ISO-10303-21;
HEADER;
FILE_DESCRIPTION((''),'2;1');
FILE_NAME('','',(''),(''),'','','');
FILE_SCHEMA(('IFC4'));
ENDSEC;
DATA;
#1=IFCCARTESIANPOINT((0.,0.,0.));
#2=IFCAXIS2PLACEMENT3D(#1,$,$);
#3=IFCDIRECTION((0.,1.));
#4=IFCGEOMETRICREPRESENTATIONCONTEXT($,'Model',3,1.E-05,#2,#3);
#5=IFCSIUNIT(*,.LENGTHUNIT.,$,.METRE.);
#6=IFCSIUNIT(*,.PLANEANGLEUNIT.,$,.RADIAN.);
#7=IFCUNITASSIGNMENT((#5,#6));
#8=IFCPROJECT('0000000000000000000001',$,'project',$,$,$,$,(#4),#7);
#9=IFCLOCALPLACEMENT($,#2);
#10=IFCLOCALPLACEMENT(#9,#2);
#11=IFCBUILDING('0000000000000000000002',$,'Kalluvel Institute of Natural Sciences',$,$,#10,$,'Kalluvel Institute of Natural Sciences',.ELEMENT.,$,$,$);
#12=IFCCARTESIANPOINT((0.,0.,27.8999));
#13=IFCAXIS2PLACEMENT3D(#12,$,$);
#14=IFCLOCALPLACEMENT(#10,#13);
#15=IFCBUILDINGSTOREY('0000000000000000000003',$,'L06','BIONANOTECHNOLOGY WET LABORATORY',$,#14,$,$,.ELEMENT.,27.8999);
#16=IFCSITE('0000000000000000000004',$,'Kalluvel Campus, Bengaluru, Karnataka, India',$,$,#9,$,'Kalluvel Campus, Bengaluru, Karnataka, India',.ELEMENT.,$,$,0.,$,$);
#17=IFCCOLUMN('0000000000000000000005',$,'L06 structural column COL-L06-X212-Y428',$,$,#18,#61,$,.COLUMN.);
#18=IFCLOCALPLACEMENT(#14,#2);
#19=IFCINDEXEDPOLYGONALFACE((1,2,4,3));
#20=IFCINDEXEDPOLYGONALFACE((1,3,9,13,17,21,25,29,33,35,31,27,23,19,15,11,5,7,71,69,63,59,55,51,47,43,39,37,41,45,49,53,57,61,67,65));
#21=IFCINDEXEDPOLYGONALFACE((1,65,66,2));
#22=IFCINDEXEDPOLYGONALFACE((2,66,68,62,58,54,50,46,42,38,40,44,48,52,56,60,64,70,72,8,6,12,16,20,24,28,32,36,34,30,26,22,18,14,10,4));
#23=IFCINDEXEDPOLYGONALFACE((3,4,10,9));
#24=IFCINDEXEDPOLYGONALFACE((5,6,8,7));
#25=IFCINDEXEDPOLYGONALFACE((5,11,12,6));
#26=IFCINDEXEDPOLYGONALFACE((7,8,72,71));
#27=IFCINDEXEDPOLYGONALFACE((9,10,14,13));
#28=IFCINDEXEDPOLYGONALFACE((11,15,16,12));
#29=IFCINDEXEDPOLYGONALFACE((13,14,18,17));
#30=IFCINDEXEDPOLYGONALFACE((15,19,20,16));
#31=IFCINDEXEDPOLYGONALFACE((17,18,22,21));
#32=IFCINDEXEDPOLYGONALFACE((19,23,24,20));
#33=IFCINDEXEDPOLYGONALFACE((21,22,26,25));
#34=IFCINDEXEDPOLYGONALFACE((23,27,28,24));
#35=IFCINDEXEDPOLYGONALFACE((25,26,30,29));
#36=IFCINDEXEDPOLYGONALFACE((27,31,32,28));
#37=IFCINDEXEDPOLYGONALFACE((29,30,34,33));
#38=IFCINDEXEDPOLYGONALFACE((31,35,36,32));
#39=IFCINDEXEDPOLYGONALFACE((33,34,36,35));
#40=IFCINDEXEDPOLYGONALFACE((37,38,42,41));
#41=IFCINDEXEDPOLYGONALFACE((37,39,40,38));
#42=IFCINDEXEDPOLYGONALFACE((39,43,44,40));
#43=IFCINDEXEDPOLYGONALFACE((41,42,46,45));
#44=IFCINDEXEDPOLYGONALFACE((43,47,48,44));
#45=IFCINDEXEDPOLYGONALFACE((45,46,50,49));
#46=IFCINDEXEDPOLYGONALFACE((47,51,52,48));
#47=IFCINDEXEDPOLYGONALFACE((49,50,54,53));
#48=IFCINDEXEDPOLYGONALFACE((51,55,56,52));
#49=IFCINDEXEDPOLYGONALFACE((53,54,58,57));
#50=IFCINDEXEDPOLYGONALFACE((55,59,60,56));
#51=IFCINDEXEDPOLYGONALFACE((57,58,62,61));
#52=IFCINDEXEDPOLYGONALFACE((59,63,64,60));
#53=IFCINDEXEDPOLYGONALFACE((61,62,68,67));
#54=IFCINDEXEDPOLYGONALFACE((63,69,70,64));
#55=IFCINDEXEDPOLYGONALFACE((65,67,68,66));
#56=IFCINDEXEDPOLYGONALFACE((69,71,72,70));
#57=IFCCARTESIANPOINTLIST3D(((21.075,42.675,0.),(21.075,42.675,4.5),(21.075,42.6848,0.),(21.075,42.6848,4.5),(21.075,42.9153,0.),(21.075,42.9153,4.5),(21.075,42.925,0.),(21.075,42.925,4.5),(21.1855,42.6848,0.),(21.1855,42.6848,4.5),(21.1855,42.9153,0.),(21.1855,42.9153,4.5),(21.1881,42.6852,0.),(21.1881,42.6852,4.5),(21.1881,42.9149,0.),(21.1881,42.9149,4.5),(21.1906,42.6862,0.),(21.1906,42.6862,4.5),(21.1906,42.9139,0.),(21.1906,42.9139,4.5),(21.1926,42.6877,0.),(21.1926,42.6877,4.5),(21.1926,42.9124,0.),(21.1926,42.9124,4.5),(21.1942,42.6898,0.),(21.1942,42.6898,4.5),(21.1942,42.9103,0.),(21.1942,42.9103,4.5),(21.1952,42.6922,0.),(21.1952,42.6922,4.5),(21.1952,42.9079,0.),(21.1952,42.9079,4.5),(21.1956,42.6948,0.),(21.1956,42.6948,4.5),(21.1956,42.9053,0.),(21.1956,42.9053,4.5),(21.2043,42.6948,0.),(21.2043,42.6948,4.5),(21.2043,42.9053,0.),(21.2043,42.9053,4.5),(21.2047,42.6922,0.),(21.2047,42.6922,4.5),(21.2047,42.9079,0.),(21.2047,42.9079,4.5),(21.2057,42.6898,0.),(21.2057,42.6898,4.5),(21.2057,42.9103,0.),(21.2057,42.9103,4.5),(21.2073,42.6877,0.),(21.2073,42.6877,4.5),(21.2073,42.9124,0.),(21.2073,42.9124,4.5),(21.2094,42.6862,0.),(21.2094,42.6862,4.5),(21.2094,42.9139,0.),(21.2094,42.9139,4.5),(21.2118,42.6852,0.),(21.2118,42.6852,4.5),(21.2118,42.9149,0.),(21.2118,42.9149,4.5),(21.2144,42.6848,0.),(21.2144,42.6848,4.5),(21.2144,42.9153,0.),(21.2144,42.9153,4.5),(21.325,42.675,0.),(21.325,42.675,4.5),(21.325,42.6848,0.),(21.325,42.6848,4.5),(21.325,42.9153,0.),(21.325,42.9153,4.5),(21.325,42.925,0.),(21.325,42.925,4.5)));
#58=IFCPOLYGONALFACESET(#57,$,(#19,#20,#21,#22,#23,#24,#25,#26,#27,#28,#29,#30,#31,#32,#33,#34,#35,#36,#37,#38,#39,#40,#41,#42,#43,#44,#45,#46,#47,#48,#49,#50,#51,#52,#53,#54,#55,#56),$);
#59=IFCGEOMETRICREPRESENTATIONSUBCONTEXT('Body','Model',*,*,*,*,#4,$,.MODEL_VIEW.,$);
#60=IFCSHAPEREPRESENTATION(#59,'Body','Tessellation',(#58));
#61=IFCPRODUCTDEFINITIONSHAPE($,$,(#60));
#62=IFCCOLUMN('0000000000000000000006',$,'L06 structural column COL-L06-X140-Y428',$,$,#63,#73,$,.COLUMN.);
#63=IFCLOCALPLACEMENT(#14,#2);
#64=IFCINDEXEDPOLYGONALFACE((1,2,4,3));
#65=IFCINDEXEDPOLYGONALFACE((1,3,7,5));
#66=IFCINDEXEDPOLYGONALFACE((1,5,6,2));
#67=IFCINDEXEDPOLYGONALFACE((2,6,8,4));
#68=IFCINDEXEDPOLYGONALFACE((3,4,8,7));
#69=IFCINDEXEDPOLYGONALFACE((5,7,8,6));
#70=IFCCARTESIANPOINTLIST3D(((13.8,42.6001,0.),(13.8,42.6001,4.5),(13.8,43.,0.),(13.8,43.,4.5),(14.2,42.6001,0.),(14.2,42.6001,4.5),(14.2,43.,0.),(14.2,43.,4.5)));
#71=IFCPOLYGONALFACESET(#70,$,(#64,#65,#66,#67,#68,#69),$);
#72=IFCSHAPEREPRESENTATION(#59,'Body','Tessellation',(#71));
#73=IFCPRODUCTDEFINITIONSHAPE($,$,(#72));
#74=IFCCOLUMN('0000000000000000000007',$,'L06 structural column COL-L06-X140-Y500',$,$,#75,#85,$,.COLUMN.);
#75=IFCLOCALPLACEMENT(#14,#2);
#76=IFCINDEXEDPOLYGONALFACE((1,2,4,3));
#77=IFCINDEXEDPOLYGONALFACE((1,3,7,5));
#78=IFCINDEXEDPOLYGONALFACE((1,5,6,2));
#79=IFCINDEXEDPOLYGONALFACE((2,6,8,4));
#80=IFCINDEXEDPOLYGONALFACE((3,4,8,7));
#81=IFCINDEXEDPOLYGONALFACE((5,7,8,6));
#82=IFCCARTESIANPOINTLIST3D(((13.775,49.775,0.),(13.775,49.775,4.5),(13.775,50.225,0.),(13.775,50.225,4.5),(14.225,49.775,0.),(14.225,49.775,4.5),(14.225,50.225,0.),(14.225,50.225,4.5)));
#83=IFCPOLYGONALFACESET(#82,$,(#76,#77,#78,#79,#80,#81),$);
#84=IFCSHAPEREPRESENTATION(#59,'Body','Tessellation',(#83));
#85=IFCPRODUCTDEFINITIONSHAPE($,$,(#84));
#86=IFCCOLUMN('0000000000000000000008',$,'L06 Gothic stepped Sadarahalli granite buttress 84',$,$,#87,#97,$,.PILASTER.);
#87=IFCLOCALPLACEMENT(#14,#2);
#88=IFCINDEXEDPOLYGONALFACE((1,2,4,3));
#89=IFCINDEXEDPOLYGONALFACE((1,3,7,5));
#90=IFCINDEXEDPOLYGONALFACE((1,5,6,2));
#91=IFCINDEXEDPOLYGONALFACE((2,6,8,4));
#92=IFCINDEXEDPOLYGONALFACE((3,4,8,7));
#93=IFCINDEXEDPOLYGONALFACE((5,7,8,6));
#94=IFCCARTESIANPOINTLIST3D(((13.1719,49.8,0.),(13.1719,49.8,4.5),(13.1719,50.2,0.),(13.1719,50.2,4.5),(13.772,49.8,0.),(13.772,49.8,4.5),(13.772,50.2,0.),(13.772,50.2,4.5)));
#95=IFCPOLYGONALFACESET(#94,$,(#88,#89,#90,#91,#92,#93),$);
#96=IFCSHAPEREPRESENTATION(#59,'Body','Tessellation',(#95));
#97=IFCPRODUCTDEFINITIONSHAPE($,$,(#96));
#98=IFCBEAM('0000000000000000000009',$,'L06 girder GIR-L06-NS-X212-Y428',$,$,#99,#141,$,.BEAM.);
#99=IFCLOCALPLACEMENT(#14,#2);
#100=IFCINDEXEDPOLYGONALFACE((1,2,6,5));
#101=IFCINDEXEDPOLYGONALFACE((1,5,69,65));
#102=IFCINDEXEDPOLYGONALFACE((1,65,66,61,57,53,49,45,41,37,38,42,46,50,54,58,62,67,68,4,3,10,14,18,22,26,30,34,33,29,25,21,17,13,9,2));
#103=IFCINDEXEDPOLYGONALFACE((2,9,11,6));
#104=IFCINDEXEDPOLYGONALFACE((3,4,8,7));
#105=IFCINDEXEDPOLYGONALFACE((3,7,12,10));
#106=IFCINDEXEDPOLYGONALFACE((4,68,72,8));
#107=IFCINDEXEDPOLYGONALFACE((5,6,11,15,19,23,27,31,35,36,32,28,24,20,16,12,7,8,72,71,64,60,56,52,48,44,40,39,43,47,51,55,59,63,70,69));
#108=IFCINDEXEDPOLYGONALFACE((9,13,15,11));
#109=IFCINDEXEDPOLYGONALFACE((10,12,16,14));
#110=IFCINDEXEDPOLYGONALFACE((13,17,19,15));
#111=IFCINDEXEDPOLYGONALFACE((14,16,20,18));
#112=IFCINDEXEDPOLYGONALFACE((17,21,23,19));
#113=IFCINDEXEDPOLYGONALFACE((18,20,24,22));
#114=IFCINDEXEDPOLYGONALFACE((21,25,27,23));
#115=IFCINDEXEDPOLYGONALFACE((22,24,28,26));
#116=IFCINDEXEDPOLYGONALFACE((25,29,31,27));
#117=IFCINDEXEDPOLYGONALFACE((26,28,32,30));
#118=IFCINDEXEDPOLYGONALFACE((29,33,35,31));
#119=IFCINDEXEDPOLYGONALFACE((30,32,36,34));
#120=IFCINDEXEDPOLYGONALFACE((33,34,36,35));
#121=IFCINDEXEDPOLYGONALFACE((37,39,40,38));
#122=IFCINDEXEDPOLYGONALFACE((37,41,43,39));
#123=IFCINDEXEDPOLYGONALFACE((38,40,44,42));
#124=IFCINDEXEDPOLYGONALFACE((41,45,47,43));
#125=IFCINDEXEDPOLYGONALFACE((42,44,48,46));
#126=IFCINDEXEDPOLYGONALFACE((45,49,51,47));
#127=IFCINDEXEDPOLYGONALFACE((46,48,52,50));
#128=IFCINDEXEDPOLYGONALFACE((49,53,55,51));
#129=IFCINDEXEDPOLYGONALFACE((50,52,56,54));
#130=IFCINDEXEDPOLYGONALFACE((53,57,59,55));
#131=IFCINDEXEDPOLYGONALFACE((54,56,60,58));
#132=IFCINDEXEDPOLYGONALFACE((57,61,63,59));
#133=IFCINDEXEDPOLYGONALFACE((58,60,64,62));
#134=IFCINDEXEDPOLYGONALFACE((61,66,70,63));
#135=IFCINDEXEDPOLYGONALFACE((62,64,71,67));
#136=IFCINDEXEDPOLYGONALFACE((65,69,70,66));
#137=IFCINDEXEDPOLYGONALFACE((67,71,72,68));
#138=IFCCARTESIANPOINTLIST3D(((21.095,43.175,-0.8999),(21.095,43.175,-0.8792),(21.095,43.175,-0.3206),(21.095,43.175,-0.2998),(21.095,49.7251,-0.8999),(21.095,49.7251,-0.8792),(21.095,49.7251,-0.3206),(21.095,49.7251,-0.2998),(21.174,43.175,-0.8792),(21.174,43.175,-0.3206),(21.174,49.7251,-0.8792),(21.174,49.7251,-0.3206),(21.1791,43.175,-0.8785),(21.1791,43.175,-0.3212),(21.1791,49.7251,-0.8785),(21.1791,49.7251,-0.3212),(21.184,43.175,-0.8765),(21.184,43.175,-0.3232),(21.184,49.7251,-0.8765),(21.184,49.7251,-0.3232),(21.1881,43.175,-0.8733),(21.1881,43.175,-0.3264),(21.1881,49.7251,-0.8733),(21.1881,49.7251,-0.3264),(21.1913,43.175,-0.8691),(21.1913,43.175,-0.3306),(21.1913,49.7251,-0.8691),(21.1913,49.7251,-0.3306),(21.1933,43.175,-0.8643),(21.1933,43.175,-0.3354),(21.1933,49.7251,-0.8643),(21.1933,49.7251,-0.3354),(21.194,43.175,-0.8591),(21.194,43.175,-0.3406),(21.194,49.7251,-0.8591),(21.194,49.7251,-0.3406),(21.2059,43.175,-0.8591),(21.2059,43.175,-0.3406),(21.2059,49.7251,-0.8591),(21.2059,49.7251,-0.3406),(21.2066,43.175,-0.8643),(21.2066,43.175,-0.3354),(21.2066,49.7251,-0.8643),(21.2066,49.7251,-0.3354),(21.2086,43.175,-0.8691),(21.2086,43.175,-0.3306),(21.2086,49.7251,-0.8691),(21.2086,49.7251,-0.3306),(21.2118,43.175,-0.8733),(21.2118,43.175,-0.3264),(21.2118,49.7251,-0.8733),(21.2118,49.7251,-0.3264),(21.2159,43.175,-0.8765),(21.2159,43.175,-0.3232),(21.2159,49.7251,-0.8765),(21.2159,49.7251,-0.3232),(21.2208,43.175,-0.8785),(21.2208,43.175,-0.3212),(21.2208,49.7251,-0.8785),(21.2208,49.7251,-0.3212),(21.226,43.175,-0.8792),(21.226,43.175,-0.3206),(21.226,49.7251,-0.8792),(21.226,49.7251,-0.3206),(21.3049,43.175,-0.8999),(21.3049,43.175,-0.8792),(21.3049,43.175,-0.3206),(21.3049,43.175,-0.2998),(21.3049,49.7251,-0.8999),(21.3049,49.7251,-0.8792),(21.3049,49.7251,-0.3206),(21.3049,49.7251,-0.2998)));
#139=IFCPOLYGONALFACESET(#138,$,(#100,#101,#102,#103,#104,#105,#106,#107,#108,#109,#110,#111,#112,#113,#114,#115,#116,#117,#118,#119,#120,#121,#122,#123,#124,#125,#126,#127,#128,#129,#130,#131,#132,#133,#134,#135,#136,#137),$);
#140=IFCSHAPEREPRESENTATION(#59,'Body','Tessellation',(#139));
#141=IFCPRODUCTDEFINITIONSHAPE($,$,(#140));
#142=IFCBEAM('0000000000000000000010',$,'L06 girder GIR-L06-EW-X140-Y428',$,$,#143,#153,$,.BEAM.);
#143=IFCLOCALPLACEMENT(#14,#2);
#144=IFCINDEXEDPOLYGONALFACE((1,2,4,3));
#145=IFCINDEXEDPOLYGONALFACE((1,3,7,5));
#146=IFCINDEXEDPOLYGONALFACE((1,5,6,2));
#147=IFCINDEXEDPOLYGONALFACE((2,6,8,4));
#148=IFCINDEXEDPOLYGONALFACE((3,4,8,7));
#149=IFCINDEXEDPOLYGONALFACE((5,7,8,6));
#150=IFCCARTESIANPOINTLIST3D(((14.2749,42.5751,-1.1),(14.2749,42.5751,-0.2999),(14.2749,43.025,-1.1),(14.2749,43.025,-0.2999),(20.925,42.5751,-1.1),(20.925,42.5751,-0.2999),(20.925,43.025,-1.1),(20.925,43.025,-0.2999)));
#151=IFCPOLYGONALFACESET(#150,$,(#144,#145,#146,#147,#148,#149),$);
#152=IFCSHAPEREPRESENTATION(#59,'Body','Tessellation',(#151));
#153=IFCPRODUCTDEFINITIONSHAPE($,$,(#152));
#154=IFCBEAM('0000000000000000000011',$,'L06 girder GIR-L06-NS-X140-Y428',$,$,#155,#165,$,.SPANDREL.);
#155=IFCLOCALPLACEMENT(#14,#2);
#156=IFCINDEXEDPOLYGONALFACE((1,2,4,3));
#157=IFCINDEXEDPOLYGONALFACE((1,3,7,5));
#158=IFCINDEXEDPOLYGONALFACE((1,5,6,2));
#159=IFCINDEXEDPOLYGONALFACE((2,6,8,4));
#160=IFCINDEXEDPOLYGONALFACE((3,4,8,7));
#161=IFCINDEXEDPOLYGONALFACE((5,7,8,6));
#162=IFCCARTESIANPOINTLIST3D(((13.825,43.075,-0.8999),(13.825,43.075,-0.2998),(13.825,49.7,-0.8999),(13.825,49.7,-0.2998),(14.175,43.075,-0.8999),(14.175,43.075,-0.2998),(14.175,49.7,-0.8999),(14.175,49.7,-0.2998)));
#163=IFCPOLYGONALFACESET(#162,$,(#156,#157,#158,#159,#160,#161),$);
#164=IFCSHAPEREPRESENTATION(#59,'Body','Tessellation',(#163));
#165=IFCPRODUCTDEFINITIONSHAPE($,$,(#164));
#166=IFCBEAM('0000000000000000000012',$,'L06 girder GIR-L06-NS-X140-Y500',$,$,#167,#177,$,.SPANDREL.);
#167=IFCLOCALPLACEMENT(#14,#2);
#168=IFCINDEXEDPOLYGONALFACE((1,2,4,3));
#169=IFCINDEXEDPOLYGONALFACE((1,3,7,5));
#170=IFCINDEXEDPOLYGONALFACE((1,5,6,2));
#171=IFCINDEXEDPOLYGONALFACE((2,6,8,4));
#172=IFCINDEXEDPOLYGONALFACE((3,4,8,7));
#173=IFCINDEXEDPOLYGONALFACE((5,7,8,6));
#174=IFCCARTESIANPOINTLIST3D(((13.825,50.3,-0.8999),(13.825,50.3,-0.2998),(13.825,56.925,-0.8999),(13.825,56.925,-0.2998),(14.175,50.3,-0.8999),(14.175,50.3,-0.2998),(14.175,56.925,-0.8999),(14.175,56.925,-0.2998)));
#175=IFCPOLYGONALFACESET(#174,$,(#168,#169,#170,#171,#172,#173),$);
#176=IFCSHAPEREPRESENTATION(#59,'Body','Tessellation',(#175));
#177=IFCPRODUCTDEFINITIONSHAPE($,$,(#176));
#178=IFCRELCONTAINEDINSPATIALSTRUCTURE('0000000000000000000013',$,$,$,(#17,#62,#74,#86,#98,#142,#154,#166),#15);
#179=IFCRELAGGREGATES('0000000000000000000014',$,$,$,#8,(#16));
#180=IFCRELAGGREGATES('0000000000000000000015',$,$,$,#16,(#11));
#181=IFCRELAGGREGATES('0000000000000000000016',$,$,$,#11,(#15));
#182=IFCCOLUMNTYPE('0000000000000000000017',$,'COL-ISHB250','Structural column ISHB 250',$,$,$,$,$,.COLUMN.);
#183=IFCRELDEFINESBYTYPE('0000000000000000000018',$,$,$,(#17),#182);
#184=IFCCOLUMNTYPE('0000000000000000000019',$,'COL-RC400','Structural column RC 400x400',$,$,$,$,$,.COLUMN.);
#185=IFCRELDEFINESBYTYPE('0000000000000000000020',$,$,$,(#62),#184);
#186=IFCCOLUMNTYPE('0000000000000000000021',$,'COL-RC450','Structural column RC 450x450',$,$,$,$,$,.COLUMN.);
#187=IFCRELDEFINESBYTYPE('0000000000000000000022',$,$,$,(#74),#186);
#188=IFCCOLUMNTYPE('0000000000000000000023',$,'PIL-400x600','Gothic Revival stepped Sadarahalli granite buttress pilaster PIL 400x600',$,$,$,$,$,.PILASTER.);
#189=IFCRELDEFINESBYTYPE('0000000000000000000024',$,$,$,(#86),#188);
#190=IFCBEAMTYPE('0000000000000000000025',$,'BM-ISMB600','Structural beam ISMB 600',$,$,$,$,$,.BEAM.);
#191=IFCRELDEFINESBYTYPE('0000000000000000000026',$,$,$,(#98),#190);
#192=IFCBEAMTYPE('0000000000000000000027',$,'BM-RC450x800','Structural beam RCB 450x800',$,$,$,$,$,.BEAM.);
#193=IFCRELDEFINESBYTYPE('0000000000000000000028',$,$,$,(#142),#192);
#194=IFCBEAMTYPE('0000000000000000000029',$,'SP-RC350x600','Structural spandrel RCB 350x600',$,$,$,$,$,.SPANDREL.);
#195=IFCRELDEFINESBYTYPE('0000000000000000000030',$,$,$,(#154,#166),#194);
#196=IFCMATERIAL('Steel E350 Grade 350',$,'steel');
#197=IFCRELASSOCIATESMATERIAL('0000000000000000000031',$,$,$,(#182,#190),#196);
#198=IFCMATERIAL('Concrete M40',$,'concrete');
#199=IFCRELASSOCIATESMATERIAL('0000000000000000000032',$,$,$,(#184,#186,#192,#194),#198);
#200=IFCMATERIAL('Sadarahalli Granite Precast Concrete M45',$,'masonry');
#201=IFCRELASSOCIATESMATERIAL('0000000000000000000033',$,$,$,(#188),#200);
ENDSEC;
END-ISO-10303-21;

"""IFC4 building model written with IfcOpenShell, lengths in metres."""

from ifc_helpers import new_model, si_unit, direction, frame, origin, origin_2d, place, context, subcontext, project, spatial, rectangle, i_section, extrude, material, material_profile, profile_set, type_object, element, save


model = new_model("IFC4")

# Units and contexts
model_context = context("Model", 3, precision=1e-05, world=origin(), true_north=direction((0.0, 1.0)))
body_context = subcontext(model_context, "Body", "Model", "MODEL_VIEW")
ifc_project = project(units=[si_unit("LENGTHUNIT", "METRE"), si_unit("PLANEANGLEUNIT", "RADIAN")], contexts=[model_context])

# Site, building, storey
site_placement = place(None, origin())
site = spatial("IfcSite", under=ifc_project, at=site_placement, Name="Kalluvel Campus, Bengaluru, Karnataka, India", LongName="Kalluvel Campus, Bengaluru, Karnataka, India", CompositionType="ELEMENT", RefElevation=0.0)
building_placement = place(site_placement, origin())
building = spatial("IfcBuilding", under=site, at=building_placement, Name="Kalluvel Institute of Natural Sciences", LongName="Kalluvel Institute of Natural Sciences", CompositionType="ELEMENT")
storey_placement = place(building_placement, frame((0.0, 0.0, 27.8999)))
storey = spatial("IfcBuildingStorey", under=building, at=storey_placement, Name="L06", Description="BIONANOTECHNOLOGY WET LABORATORY", CompositionType="ELEMENT", Elevation=27.8999)

# Columns
ifc_material_1 = material(Name="Steel E350 Grade 350", Category="steel")
ifc_material_profile_1 = material_profile(ifc_material_1, i_section(OverallWidth=0.25, OverallDepth=0.25, WebThickness=0.0088, FlangeThickness=0.0098, FilletRadius=0.01, at=origin_2d()), Name="ISHB 250")
ifc_profile_set_1 = profile_set([ifc_material_profile_1], Name="Steel E350 Grade 350")
column_type_1 = type_object("IfcColumnType", Name="COL-ISHB250", Description="Structural column ISHB 250", PredefinedType="COLUMN", material=ifc_profile_set_1)
column_1_placement = place(storey_placement, frame((21.2, 42.8, 0.0), z_axis=(0.0, 0.0, 1.0), x_axis=(1.0, 0.0, 0.0)))
element("IfcColumn", 1, at=column_1_placement, inside=storey, type_object=column_type_1, Name="L06 structural column COL-L06-X212-Y428", PredefinedType="COLUMN", context=body_context, shape_type="SweptSolid", body=[
    extrude(i_section(OverallWidth=0.25, OverallDepth=0.25, WebThickness=0.0088, FlangeThickness=0.0098, FilletRadius=0.01, at=origin_2d()), origin(), (0.0, 0.0, 1.0), 4.5),
])
ifc_material_2 = material(Name="Concrete M40", Category="concrete")
ifc_material_profile_2 = material_profile(ifc_material_2, rectangle(XDim=0.3999, YDim=0.3999, at=origin_2d()), Name="RC 400x400")
ifc_profile_set_2 = profile_set([ifc_material_profile_2], Name="Concrete M40")
column_type_2 = type_object("IfcColumnType", Name="COL-RC400", Description="Structural column RC 400x400", PredefinedType="COLUMN", material=ifc_profile_set_2)
column_2_placement = place(storey_placement, frame((14.0, 42.8, 0.0), z_axis=(0.0, 0.0, 1.0), x_axis=(1.0, 0.0, 0.0)))
element("IfcColumn", 2, at=column_2_placement, inside=storey, type_object=column_type_2, Name="L06 structural column COL-L06-X140-Y428", PredefinedType="COLUMN", context=body_context, shape_type="SweptSolid", body=[
    extrude(rectangle(XDim=0.3999, YDim=0.3999, at=origin_2d()), origin(), (0.0, 0.0, 1.0), 4.5),
])
ifc_material_profile_3 = material_profile(ifc_material_2, rectangle(XDim=0.45, YDim=0.45, at=origin_2d()), Name="RC 450x450")
ifc_profile_set_3 = profile_set([ifc_material_profile_3], Name="Concrete M40")
column_type_3 = type_object("IfcColumnType", Name="COL-RC450", Description="Structural column RC 450x450", PredefinedType="COLUMN", material=ifc_profile_set_3)
column_3_placement = place(storey_placement, frame((14.0, 50.0, 0.0), z_axis=(0.0, 0.0, 1.0), x_axis=(1.0, 0.0, 0.0)))
element("IfcColumn", 3, at=column_3_placement, inside=storey, type_object=column_type_3, Name="L06 structural column COL-L06-X140-Y500", PredefinedType="COLUMN", context=body_context, shape_type="SweptSolid", body=[
    extrude(rectangle(XDim=0.45, YDim=0.45, at=origin_2d()), origin(), (0.0, 0.0, 1.0), 4.5),
])
ifc_material_3 = material(Name="Sadarahalli Granite Precast Concrete M45", Category="masonry")
ifc_material_profile_4 = material_profile(ifc_material_3, rectangle(XDim=0.3999, YDim=0.6001, at=origin_2d()), Name="PIL 400x600")
ifc_profile_set_4 = profile_set([ifc_material_profile_4], Name="Sadarahalli Granite Precast Concrete M45")
column_type_4 = type_object("IfcColumnType", Name="PIL-400x600", Description="Gothic Revival stepped Sadarahalli granite buttress pilaster PIL 400x600", PredefinedType="PILASTER", material=ifc_profile_set_4)
column_4_placement = place(storey_placement, frame((13.4719, 50.0, 0.0), z_axis=(0.0, 0.0, 1.0), x_axis=(0.0, 1.0, 0.0)))
element("IfcColumn", 4, at=column_4_placement, inside=storey, type_object=column_type_4, Name="L06 Gothic stepped Sadarahalli granite buttress 84", PredefinedType="PILASTER", context=body_context, shape_type="SweptSolid", body=[
    extrude(rectangle(XDim=0.3999, YDim=0.6001, at=origin_2d()), origin(), (0.0, 0.0, 1.0), 4.5),
])

# Beams
ifc_material_profile_5 = material_profile(ifc_material_1, i_section(OverallWidth=0.21, OverallDepth=0.6001, WebThickness=0.012, FlangeThickness=0.0208, FilletRadius=0.02, at=origin_2d()), Name="ISMB 600")
ifc_profile_set_5 = profile_set([ifc_material_profile_5], Name="Steel E350 Grade 350")
beam_type_1 = type_object("IfcBeamType", Name="BM-ISMB600", Description="Structural beam ISMB 600", PredefinedType="BEAM", material=ifc_profile_set_5)
beam_1_placement = place(storey_placement, frame((21.2, 43.175, -0.5999), z_axis=(0.0, 1.0, 0.0), x_axis=(-1.0, 0.0, 0.0)))
element("IfcBeam", 5, at=beam_1_placement, inside=storey, type_object=beam_type_1, Name="L06 girder GIR-L06-NS-X212-Y428", PredefinedType="BEAM", context=body_context, shape_type="SweptSolid", body=[
    extrude(i_section(OverallWidth=0.21, OverallDepth=0.6001, WebThickness=0.012, FlangeThickness=0.0208, FilletRadius=0.02, at=origin_2d()), origin(), (0.0, 0.0, 1.0), 6.55),
])
ifc_material_profile_6 = material_profile(ifc_material_2, rectangle(XDim=0.45, YDim=0.8, at=origin_2d()), Name="RCB 450x800")
ifc_profile_set_6 = profile_set([ifc_material_profile_6], Name="Concrete M40")
beam_type_2 = type_object("IfcBeamType", Name="BM-RC450x800", Description="Structural beam RCB 450x800", PredefinedType="BEAM", material=ifc_profile_set_6)
beam_2_placement = place(storey_placement, frame((14.2749, 42.8, -0.7), z_axis=(1.0, 0.0, 0.0), x_axis=(0.0, 1.0, 0.0)))
element("IfcBeam", 6, at=beam_2_placement, inside=storey, type_object=beam_type_2, Name="L06 girder GIR-L06-EW-X140-Y428", PredefinedType="BEAM", context=body_context, shape_type="SweptSolid", body=[
    extrude(rectangle(XDim=0.45, YDim=0.8, at=origin_2d()), origin(), (0.0, 0.0, 1.0), 6.6501),
])
ifc_material_profile_7 = material_profile(ifc_material_2, rectangle(XDim=0.3501, YDim=0.6001, at=origin_2d()), Name="RCB 350x600")
ifc_profile_set_7 = profile_set([ifc_material_profile_7], Name="Concrete M40")
beam_type_3 = type_object("IfcBeamType", Name="SP-RC350x600", Description="Structural spandrel RCB 350x600", PredefinedType="SPANDREL", material=ifc_profile_set_7)
for number, where, z_axis, x_axis, name in (
    (7, (14.0, 43.075, -0.5999), (0.0, 1.0, 0.0), (-1.0, 0.0, 0.0), "L06 girder GIR-L06-NS-X140-Y428"),
    (8, (14.0, 50.3, -0.5999), (0.0, 1.0, 0.0), (-1.0, 0.0, 0.0), "L06 girder GIR-L06-NS-X140-Y500"),
):
    element("IfcBeam", number, at=place(storey_placement, frame(where, z_axis=z_axis, x_axis=x_axis)), inside=storey, type_object=beam_type_3, Name=name, PredefinedType="SPANDREL", context=body_context, shape_type="SweptSolid", body=[
        extrude(rectangle(XDim=0.3501, YDim=0.6001, at=origin_2d()), origin(), (0.0, 0.0, 1.0), 6.625),
    ])

save(model, "model.ifc")
